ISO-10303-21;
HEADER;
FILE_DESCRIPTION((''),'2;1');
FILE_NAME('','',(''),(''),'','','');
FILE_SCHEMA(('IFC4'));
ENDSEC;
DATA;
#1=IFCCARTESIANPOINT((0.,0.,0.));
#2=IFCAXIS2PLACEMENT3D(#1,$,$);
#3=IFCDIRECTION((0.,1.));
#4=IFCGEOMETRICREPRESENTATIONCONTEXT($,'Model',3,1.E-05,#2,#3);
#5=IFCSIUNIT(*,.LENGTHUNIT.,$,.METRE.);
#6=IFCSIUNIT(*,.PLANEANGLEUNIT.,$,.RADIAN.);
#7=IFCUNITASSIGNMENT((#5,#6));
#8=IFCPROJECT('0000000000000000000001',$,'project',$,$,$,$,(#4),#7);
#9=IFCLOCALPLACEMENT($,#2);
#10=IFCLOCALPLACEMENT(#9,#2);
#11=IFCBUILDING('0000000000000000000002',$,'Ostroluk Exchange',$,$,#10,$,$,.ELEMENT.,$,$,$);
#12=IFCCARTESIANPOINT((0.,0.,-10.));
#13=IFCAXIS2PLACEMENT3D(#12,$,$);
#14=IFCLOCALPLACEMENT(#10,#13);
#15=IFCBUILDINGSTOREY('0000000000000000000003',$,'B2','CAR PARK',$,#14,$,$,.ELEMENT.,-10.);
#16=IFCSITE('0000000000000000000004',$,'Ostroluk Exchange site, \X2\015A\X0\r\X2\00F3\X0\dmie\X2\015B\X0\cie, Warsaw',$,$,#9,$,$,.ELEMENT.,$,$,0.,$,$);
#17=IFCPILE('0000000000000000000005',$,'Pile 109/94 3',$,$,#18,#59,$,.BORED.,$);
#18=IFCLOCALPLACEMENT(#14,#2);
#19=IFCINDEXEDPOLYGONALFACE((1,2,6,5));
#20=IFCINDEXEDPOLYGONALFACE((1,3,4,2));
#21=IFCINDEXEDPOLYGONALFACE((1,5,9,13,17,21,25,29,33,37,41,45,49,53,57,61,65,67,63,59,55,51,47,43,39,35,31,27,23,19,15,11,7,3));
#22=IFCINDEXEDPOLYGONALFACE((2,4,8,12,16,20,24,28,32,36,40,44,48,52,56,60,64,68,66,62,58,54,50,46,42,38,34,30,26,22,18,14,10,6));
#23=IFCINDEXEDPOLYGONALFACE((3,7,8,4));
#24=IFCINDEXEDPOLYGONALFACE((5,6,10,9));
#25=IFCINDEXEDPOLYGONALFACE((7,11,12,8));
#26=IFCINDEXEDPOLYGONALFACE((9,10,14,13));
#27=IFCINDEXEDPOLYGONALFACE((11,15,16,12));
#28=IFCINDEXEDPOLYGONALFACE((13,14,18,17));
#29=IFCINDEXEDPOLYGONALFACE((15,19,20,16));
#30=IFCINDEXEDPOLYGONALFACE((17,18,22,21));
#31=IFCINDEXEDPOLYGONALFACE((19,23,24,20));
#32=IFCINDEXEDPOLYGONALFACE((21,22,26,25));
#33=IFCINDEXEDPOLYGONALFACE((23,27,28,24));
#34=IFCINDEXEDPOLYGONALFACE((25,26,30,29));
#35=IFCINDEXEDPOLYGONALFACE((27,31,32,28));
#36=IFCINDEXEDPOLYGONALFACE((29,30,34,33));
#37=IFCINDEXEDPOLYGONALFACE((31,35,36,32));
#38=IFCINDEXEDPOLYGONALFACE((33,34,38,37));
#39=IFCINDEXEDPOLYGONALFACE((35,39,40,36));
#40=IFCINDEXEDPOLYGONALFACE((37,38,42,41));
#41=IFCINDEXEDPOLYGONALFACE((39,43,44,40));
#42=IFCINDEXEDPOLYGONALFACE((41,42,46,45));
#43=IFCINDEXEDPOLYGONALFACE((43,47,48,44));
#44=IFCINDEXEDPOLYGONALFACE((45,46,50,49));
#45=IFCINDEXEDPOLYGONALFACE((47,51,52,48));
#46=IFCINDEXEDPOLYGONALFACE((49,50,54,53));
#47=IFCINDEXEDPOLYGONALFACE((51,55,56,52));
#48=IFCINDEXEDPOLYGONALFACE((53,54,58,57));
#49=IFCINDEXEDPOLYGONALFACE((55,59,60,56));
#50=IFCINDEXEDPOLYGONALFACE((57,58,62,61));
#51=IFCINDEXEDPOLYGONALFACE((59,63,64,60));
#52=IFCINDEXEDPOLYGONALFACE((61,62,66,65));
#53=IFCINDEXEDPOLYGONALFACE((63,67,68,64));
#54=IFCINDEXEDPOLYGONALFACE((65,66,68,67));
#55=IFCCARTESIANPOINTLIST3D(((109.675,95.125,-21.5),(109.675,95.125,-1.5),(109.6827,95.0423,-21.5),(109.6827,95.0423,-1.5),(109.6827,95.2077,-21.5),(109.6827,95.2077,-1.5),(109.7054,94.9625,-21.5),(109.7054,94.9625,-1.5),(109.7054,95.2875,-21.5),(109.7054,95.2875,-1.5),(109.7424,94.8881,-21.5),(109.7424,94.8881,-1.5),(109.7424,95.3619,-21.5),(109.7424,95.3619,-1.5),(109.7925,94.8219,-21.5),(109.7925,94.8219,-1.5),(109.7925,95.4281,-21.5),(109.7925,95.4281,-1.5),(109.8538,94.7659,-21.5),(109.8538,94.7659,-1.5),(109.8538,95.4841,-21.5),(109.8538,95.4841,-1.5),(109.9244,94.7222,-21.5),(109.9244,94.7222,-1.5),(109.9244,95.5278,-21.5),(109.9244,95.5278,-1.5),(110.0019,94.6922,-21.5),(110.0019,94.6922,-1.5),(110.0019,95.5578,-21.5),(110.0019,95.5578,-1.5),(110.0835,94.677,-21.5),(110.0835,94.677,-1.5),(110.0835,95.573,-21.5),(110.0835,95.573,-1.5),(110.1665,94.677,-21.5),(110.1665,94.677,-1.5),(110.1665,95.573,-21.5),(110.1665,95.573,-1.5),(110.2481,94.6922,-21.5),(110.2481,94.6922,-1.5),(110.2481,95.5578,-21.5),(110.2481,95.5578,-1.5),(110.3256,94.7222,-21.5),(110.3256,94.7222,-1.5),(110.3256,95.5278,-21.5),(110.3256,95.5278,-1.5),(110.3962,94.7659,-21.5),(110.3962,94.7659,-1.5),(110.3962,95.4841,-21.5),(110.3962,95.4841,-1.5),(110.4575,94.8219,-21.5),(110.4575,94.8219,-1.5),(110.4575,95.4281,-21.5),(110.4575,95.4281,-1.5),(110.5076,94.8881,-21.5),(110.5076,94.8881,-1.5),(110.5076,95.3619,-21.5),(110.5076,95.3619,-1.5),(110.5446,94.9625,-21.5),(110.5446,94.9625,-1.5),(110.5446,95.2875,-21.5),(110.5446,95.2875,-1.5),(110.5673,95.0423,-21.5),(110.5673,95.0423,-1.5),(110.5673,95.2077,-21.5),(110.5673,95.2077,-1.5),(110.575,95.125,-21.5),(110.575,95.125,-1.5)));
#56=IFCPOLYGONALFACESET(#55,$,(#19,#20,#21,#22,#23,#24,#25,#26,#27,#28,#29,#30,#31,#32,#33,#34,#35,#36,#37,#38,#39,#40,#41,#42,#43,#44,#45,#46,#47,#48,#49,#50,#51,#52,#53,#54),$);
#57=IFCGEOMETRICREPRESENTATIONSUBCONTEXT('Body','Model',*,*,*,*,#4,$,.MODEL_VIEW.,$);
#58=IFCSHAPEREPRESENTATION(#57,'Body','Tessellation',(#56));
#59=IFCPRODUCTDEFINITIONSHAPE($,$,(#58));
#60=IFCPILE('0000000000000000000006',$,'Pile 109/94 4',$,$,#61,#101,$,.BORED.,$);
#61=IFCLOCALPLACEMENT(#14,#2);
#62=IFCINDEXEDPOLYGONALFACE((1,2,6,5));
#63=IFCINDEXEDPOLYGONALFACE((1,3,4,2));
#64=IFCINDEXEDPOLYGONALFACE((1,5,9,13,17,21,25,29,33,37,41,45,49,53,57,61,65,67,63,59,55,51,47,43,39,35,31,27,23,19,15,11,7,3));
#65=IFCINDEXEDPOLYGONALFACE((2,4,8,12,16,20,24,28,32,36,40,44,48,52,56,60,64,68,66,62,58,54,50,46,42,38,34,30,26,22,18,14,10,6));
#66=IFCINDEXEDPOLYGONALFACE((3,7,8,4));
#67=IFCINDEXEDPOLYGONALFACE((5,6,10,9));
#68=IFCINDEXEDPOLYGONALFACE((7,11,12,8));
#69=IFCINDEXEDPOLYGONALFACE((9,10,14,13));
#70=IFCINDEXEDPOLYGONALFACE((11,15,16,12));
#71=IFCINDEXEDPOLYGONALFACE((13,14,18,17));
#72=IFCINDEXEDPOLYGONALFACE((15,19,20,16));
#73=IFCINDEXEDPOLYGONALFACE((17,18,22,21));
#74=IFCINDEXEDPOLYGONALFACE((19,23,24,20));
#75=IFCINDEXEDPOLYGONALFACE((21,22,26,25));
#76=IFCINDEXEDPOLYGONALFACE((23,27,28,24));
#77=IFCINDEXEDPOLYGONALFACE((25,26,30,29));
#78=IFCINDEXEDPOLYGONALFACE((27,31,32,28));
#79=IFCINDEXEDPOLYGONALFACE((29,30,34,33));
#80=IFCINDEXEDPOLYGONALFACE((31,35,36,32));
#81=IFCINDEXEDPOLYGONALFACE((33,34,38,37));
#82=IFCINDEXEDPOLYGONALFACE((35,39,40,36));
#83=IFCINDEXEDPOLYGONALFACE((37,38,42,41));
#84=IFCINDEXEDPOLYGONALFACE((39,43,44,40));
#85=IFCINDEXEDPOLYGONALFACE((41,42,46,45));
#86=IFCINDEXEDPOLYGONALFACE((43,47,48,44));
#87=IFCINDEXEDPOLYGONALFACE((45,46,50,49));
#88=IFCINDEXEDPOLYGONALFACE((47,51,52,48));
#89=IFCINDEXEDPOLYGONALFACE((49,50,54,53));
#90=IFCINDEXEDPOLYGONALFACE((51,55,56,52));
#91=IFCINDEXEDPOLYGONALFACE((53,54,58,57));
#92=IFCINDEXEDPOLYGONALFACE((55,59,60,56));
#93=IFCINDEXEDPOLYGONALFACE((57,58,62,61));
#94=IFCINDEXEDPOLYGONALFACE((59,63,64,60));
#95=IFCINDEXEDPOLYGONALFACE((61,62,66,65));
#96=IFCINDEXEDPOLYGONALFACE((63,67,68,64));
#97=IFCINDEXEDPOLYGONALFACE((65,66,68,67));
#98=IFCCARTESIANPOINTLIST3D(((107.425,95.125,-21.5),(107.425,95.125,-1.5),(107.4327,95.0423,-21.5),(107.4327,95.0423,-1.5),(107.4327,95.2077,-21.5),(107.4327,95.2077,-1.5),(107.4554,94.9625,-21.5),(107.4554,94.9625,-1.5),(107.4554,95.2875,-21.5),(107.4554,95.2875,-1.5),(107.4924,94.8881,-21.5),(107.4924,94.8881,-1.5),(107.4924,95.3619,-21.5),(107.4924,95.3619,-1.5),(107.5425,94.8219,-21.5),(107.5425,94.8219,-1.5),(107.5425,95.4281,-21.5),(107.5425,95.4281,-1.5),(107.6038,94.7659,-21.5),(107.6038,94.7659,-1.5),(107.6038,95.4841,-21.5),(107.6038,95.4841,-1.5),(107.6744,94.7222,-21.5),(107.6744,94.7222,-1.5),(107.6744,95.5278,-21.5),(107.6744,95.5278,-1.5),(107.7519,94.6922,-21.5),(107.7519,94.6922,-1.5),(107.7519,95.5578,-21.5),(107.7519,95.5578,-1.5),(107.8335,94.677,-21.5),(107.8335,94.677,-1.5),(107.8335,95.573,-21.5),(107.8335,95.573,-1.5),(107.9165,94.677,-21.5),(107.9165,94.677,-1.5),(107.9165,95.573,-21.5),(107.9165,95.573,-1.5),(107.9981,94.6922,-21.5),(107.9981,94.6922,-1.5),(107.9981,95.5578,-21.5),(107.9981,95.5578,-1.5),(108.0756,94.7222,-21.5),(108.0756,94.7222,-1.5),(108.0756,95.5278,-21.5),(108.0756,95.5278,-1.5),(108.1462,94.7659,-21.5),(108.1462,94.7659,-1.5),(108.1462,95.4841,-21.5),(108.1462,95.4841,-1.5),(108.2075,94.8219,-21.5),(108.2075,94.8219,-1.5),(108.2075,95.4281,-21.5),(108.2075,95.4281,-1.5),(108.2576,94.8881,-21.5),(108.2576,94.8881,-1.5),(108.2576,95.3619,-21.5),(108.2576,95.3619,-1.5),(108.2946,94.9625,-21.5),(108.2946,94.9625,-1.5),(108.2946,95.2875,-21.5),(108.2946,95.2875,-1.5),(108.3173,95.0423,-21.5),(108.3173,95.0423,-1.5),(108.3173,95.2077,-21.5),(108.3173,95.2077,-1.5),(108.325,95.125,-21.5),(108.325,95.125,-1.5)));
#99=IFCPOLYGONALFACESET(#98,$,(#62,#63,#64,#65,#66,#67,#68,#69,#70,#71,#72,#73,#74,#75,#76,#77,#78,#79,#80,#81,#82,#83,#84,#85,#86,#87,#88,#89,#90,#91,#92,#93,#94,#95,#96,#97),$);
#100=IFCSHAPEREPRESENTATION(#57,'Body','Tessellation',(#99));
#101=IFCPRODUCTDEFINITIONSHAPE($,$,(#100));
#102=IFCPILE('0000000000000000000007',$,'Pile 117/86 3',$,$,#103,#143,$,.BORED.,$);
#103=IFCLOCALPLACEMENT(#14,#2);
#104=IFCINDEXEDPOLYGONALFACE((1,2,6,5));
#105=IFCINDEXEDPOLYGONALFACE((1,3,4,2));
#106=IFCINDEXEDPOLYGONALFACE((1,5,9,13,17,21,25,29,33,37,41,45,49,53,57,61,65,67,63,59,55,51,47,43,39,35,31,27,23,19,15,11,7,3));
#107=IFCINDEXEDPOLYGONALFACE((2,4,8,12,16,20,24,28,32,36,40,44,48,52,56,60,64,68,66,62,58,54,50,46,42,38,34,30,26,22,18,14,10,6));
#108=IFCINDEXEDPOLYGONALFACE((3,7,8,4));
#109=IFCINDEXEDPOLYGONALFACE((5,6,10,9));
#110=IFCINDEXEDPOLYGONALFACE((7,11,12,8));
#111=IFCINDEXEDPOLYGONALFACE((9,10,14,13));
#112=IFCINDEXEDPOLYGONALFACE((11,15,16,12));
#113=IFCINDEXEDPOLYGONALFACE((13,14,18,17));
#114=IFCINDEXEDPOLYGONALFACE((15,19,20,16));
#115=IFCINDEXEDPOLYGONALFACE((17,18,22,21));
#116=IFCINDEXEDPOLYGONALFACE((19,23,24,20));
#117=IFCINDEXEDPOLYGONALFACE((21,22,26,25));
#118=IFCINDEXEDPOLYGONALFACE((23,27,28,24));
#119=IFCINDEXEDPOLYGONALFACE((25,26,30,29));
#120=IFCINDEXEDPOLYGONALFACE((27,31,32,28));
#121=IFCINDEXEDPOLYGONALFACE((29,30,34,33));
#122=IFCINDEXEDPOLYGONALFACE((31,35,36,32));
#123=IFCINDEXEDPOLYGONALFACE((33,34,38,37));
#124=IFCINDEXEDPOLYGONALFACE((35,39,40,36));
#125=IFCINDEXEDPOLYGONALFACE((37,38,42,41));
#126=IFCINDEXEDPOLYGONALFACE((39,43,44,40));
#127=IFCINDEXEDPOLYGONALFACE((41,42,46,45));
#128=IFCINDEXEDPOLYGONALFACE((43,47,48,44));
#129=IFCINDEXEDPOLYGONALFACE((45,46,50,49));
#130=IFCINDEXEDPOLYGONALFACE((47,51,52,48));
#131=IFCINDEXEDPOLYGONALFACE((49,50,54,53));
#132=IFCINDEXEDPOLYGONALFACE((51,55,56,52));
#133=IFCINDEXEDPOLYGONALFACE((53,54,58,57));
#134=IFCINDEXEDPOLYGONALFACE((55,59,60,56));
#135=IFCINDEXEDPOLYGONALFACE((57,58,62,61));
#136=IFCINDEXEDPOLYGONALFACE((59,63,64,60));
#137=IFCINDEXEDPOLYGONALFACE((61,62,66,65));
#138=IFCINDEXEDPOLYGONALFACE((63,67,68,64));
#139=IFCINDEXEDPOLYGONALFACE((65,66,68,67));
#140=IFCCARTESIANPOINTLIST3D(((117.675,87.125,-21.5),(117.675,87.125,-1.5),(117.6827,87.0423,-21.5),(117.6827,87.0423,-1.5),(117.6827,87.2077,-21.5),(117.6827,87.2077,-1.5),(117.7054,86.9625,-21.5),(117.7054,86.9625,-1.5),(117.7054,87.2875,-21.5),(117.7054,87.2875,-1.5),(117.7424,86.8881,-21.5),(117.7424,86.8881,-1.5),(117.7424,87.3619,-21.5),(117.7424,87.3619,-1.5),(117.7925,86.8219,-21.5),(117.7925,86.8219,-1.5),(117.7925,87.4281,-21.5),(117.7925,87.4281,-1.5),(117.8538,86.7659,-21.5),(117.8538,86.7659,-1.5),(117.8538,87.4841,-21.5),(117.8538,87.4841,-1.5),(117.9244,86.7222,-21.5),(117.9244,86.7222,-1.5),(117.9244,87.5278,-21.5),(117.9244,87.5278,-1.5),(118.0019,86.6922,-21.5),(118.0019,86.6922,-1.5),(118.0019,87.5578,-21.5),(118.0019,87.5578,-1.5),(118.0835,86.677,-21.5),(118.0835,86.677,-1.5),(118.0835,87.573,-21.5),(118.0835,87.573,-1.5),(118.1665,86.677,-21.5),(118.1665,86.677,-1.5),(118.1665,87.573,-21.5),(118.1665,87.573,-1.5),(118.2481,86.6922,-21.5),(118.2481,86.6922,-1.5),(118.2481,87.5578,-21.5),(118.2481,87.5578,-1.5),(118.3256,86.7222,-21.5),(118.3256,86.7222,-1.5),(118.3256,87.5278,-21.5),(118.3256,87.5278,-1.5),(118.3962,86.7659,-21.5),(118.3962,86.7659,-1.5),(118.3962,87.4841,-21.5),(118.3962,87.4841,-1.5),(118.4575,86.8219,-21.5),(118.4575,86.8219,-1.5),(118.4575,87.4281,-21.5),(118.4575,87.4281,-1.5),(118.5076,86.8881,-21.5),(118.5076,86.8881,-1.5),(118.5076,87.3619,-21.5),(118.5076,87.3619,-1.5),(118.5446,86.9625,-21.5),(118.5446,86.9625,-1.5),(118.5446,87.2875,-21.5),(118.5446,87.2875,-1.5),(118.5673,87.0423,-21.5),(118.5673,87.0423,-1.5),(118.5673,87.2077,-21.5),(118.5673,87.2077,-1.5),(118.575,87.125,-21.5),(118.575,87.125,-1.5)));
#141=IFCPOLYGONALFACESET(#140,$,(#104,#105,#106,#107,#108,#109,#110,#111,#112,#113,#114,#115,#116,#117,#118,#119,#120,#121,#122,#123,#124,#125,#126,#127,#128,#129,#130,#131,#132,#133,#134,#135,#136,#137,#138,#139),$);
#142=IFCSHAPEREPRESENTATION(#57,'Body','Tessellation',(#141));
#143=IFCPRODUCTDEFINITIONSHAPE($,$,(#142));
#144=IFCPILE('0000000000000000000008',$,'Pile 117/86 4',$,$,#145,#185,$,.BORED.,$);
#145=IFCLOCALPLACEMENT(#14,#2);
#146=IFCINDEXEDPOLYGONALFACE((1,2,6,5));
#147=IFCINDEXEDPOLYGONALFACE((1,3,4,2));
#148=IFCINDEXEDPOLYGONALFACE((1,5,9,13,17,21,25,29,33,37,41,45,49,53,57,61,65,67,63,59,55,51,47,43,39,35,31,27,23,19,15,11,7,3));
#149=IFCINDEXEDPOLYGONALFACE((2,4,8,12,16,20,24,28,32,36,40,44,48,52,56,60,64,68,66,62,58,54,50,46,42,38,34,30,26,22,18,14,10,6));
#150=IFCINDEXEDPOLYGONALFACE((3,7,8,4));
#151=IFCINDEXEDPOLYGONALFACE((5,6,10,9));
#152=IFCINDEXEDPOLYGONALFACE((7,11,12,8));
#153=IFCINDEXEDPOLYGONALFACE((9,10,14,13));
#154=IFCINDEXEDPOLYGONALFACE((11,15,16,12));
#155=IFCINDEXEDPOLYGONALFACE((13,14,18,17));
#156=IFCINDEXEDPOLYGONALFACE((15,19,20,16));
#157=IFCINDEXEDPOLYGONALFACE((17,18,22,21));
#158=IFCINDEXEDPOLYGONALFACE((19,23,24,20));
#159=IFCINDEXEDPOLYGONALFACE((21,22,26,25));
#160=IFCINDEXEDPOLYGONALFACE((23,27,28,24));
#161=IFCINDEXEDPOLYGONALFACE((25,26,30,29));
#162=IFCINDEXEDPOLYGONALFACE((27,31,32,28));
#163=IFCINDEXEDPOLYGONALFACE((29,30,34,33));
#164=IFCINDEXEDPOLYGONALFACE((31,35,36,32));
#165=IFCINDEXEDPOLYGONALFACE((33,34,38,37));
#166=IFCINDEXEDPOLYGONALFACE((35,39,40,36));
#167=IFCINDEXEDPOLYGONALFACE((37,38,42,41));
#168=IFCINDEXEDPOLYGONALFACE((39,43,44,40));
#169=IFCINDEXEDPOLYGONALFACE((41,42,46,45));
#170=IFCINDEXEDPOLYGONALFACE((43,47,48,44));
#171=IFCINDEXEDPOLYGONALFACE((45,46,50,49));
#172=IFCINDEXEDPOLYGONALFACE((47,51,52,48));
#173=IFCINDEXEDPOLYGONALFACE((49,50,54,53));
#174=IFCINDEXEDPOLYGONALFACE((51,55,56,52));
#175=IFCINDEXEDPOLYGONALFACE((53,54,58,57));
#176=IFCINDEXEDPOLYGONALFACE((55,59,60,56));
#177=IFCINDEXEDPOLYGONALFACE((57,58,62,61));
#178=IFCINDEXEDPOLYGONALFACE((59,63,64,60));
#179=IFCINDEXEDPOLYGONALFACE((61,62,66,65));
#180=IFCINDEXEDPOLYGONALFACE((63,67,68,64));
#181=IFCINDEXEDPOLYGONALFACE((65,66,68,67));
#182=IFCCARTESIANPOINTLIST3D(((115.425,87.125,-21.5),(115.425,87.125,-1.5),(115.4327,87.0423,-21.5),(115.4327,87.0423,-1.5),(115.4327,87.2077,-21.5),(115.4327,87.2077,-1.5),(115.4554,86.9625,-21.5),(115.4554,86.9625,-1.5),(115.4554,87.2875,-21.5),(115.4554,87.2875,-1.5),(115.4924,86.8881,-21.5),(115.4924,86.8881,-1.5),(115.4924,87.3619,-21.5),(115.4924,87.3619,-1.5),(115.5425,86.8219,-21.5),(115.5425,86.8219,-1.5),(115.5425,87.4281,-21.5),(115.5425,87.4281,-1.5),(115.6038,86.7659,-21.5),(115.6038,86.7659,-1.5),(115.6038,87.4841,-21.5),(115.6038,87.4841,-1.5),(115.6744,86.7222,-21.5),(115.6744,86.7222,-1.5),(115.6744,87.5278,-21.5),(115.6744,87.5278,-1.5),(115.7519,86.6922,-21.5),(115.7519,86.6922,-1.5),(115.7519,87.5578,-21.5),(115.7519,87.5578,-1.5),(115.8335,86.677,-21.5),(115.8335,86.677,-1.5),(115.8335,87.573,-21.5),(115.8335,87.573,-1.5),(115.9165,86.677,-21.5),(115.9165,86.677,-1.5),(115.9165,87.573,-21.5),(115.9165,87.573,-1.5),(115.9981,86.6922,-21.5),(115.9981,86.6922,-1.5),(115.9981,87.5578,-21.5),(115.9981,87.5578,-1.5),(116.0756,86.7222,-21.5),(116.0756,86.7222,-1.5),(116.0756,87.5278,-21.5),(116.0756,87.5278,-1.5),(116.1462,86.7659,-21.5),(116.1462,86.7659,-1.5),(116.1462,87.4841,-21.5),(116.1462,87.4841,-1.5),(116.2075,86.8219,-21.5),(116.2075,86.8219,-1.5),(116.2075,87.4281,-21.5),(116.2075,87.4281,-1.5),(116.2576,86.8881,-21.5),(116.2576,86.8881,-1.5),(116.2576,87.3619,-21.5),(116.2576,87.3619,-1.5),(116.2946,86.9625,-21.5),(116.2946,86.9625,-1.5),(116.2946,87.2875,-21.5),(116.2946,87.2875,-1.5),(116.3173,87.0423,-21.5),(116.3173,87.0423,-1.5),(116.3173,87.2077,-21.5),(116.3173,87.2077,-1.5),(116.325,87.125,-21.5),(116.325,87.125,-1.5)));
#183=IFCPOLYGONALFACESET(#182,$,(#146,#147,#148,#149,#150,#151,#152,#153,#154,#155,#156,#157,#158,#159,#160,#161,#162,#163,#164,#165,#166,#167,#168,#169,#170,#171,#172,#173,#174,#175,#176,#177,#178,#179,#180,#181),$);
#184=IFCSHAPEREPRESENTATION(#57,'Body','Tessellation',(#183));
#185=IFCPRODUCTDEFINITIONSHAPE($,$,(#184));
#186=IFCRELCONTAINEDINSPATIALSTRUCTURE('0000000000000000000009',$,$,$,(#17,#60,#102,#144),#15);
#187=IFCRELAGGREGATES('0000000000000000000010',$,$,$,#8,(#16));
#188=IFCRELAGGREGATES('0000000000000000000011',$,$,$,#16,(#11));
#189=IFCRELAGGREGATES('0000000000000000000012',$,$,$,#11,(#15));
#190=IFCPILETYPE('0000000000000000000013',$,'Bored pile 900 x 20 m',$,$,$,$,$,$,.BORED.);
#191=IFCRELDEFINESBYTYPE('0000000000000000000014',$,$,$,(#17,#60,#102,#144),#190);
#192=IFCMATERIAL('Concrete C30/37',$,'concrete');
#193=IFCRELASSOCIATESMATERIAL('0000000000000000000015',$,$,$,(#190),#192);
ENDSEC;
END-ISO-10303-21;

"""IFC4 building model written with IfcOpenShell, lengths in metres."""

from ifc_helpers import new_model, si_unit, direction, frame, origin, origin_2d, place, context, subcontext, project, spatial, circle, extrude, material, type_object, element, save


model = new_model("IFC4")

# Units and contexts
model_context = context("Model", 3, precision=1e-05, world=origin(), true_north=direction((0.0, 1.0)))
body_context = subcontext(model_context, "Body", "Model", "MODEL_VIEW")
ifc_project = project(units=[si_unit("LENGTHUNIT", "METRE"), si_unit("PLANEANGLEUNIT", "RADIAN")], contexts=[model_context])

# Site, building, storey
site_placement = place(None, origin())
site = spatial("IfcSite", under=ifc_project, at=site_placement, Name="Ostroluk Exchange site, Śródmieście, Warsaw", CompositionType="ELEMENT", RefElevation=0.0)
building_placement = place(site_placement, origin())
building = spatial("IfcBuilding", under=site, at=building_placement, Name="Ostroluk Exchange", CompositionType="ELEMENT")
storey_placement = place(building_placement, frame((0.0, 0.0, -10.0)))
storey = spatial("IfcBuildingStorey", under=building, at=storey_placement, Name="B2", Description="CAR PARK", CompositionType="ELEMENT", Elevation=-10.0)

# Piles
ifc_material_1 = material(Name="Concrete C30/37", Category="concrete")
pile_type = type_object("IfcPileType", Name="Bored pile 900 x 20 m", PredefinedType="BORED", material=ifc_material_1)
for number, where, z_axis, x_axis, name in (
    (1, (110.125, 95.125, -1.5), (0.0, 0.0, -1.0), (1.0, 0.0, 0.0), "Pile 109/94 3"),
    (2, (107.875, 95.125, -1.5), (0.0, 0.0, -1.0), (1.0, 0.0, 0.0), "Pile 109/94 4"),
    (3, (118.125, 87.125, -1.5), (0.0, 0.0, -1.0), (1.0, 0.0, 0.0), "Pile 117/86 3"),
    (4, (115.875, 87.125, -1.5), (0.0, 0.0, -1.0), (1.0, 0.0, 0.0), "Pile 117/86 4"),
):
    element("IfcPile", number, at=place(storey_placement, frame(where, z_axis=z_axis, x_axis=x_axis)), inside=storey, type_object=pile_type, Name=name, PredefinedType="BORED", context=body_context, shape_type="SweptSolid", body=[
        extrude(circle(Radius=0.45, at=origin_2d()), origin(), (0.0, 0.0, 1.0), 20.0),
    ])

save(model, "model.ifc")
